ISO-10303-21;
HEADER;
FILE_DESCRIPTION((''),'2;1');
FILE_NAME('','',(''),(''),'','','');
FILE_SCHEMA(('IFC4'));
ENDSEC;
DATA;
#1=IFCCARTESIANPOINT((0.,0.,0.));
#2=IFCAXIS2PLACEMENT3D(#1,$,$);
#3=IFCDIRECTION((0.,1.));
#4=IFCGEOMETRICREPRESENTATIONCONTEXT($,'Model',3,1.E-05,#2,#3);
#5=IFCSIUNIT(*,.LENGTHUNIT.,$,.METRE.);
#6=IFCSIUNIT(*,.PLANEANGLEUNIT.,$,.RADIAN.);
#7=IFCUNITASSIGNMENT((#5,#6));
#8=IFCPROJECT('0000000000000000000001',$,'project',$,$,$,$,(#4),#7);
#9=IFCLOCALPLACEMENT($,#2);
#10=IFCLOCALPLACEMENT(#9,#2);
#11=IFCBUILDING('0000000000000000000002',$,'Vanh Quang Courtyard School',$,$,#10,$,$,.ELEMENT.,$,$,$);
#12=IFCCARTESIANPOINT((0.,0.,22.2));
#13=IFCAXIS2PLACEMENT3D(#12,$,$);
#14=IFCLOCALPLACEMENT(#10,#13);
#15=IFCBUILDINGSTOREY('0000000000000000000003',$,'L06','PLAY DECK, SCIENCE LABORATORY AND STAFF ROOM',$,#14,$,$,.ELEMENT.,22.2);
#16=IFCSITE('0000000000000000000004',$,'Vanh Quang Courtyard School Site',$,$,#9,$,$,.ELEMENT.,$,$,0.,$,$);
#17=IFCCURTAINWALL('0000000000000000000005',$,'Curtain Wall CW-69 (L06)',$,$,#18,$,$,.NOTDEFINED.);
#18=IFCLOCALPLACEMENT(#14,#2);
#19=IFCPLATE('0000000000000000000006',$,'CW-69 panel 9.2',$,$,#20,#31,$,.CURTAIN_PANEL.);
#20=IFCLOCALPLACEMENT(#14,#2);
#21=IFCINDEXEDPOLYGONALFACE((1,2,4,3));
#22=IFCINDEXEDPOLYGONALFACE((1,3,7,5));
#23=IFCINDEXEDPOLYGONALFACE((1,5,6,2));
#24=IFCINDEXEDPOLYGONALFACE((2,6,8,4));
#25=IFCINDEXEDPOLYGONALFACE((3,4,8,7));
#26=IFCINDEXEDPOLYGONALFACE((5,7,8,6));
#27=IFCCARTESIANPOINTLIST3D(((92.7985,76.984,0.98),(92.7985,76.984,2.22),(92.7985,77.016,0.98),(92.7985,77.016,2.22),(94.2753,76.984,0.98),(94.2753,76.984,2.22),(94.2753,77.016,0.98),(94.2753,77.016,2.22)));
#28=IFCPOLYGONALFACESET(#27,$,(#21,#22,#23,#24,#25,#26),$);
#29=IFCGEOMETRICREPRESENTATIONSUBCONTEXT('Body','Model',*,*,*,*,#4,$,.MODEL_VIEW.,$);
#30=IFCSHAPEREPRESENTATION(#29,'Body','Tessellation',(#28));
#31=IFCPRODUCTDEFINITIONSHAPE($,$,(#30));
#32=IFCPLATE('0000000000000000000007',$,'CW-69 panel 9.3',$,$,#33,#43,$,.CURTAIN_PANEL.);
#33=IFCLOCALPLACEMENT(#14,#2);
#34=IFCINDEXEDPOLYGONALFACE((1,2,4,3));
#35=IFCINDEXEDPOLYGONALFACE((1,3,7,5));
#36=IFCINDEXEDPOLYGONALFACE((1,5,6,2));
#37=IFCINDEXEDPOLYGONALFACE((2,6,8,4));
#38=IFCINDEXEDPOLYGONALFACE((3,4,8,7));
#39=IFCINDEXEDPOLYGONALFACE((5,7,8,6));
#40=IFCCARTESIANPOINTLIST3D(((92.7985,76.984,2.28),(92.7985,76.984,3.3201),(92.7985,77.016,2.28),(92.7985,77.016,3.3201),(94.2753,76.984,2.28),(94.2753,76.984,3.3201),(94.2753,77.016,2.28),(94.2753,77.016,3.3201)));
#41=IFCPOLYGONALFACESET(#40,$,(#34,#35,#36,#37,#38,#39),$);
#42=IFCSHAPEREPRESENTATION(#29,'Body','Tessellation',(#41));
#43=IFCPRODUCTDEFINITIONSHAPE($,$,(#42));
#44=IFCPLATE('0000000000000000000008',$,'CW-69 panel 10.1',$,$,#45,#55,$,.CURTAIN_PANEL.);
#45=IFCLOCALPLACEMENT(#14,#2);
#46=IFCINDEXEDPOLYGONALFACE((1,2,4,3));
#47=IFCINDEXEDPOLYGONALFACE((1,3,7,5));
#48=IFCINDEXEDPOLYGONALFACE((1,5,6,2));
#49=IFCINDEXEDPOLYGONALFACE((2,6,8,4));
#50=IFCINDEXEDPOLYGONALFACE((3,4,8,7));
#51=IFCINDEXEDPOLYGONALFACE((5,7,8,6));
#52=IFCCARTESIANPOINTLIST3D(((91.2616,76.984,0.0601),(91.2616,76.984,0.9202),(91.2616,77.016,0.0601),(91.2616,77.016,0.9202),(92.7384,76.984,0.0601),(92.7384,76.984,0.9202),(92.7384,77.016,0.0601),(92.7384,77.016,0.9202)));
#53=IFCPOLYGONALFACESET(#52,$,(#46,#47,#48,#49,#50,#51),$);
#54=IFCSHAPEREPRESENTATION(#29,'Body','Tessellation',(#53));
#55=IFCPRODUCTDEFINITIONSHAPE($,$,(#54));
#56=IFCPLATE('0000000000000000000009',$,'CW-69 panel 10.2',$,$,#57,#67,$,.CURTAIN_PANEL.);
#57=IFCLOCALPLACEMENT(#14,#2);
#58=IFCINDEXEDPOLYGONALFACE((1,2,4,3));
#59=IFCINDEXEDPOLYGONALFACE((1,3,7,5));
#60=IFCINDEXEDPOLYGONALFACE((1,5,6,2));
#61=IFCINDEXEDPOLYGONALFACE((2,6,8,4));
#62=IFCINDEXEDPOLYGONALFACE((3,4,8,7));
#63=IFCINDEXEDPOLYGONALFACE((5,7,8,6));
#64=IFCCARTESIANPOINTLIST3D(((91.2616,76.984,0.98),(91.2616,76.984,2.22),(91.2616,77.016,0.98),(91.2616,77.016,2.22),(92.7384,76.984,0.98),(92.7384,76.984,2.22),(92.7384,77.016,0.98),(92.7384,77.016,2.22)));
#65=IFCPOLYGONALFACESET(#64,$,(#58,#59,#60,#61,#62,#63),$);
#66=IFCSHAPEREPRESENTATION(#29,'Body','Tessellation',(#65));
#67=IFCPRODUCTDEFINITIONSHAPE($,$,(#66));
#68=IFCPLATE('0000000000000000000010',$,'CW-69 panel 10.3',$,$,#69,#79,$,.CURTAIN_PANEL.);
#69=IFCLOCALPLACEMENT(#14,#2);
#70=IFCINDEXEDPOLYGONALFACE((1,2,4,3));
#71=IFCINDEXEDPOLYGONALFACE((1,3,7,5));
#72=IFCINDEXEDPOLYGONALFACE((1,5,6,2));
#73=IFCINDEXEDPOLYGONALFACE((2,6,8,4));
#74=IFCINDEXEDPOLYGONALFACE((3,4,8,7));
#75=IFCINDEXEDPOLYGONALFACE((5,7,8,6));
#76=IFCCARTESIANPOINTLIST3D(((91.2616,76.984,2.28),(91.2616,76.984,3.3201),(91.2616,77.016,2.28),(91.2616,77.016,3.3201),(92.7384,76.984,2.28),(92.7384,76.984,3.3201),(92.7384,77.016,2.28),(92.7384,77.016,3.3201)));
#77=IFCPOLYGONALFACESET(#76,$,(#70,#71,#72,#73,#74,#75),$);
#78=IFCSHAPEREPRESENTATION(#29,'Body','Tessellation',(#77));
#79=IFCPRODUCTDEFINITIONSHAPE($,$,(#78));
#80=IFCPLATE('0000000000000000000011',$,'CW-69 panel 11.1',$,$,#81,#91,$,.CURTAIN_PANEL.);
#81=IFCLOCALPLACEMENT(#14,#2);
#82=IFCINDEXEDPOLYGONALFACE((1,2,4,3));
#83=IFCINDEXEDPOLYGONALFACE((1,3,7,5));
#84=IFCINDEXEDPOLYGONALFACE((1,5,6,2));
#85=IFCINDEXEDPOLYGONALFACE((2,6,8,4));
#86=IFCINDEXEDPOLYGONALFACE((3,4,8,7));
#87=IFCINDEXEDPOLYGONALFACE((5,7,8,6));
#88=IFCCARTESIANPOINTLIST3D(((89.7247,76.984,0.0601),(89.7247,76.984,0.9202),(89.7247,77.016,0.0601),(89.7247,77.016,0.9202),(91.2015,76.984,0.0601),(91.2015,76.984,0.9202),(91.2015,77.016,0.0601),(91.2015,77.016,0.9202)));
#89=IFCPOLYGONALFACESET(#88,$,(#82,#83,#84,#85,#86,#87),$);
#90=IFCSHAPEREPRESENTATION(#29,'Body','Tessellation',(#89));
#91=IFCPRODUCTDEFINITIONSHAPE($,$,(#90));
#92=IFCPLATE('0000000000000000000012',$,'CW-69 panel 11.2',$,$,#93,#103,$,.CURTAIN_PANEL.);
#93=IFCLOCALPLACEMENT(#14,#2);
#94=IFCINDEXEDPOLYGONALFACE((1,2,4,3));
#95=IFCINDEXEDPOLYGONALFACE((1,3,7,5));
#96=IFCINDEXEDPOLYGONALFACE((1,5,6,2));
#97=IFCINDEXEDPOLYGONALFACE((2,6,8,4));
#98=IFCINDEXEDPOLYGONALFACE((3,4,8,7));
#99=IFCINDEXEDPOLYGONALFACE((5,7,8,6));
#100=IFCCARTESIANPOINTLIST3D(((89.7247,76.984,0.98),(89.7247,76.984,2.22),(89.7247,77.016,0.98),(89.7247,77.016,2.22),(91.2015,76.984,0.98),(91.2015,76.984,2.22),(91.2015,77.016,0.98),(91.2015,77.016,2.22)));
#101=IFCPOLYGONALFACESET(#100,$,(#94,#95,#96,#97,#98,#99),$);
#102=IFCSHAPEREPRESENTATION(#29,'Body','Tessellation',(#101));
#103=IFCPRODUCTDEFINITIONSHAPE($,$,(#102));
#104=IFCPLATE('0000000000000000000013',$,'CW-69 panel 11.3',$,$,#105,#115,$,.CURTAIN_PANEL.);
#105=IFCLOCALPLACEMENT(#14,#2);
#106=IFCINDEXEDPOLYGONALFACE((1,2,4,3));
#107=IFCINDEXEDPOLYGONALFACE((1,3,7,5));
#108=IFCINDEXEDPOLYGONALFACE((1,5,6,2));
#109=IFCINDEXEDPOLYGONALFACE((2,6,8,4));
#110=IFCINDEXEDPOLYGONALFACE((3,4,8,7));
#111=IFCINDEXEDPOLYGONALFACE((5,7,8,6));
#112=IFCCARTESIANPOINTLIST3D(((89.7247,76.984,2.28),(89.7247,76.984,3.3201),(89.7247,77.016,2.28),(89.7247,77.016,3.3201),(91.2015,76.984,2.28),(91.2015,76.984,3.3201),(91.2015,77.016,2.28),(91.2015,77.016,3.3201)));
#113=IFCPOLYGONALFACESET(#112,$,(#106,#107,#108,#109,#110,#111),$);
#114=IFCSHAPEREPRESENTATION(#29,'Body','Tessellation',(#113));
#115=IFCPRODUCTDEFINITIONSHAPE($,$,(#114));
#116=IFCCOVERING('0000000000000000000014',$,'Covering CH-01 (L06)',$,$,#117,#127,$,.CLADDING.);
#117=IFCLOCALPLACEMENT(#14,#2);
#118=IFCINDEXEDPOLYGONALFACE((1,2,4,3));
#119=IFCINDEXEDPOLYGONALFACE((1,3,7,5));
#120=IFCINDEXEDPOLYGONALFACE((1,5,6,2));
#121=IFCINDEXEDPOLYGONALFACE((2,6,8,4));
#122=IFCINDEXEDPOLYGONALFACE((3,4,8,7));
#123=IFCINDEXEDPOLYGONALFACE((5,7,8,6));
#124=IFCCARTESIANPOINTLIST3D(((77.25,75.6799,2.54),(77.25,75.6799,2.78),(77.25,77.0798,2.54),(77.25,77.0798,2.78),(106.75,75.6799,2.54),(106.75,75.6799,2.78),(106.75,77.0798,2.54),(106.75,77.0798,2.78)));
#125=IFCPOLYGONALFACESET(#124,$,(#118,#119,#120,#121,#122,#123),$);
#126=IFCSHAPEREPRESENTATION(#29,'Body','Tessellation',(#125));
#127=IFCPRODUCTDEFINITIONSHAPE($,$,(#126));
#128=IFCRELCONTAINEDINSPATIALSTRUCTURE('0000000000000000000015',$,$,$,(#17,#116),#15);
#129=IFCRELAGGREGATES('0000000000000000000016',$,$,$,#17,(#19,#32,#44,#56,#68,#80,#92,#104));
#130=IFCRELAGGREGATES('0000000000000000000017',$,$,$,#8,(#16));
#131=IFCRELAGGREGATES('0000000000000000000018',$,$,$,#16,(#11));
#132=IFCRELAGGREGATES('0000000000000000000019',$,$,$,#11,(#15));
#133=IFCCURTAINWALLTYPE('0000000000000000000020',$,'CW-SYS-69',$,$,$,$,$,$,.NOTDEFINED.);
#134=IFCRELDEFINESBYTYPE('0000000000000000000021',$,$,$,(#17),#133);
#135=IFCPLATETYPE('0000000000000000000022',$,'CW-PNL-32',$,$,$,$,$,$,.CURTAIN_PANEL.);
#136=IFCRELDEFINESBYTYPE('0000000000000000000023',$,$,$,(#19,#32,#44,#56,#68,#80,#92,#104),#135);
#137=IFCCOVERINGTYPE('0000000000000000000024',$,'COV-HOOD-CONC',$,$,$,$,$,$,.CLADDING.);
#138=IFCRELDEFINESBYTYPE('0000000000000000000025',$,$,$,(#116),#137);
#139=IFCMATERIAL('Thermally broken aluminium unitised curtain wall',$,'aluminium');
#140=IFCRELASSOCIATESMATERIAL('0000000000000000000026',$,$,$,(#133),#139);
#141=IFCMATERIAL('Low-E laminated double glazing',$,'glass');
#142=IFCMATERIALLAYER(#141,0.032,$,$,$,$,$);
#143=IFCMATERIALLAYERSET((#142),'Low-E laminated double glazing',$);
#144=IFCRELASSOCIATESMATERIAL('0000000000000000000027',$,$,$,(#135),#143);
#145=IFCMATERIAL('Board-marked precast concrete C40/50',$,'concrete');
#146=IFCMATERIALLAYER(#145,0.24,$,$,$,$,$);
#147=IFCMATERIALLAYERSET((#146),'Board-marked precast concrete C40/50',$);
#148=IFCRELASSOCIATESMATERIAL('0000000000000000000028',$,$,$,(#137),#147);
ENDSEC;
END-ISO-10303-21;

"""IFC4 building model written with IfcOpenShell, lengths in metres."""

from ifc_helpers import new_model, si_unit, direction, frame, origin, origin_2d, place, context, subcontext, project, spatial, rectangle, extrude, material, layer, layer_set, type_object, element, aggregate, save


model = new_model("IFC4")

# Units and contexts
model_context = context("Model", 3, precision=1e-05, world=origin(), true_north=direction((0.0, 1.0)))
body_context = subcontext(model_context, "Body", "Model", "MODEL_VIEW")
ifc_project = project(units=[si_unit("LENGTHUNIT", "METRE"), si_unit("PLANEANGLEUNIT", "RADIAN")], contexts=[model_context])

# Site, building, storey
site_placement = place(None, origin())
site = spatial("IfcSite", under=ifc_project, at=site_placement, Name="Vanh Quang Courtyard School Site", CompositionType="ELEMENT", RefElevation=0.0)
building_placement = place(site_placement, origin())
building = spatial("IfcBuilding", under=site, at=building_placement, Name="Vanh Quang Courtyard School", CompositionType="ELEMENT")
storey_placement = place(building_placement, frame((0.0, 0.0, 22.2)))
storey = spatial("IfcBuildingStorey", under=building, at=storey_placement, Name="L06", Description="PLAY DECK, SCIENCE LABORATORY AND STAFF ROOM", CompositionType="ELEMENT", Elevation=22.2)

# Curtain wall
ifc_material_1 = material(Name="Thermally broken aluminium unitised curtain wall", Category="aluminium")
curtain_wall_type = type_object("IfcCurtainWallType", Name="CW-SYS-69", PredefinedType="NOTDEFINED", material=ifc_material_1)
curtain_wall_placement = place(storey_placement, origin())
curtain_wall = element("IfcCurtainWall", 1, at=curtain_wall_placement, inside=storey, type_object=curtain_wall_type, Name="Curtain Wall CW-69 (L06)", PredefinedType="NOTDEFINED")

# Plates
ifc_material_2 = material(Name="Low-E laminated double glazing", Category="glass")
ifc_layer_1 = layer(ifc_material_2, 0.032)
ifc_layer_set_1 = layer_set([ifc_layer_1], Name="Low-E laminated double glazing")
plate_type = type_object("IfcPlateType", Name="CW-PNL-32", PredefinedType="CURTAIN_PANEL", material=ifc_layer_set_1)
plate_1_placement = place(storey_placement, frame((93.5369, 77.0, 0.98), z_axis=(0.0, 0.0, 1.0), x_axis=(-1.0, 0.0, 0.0)))
plate_1 = element("IfcPlate", 2, at=plate_1_placement, type_object=plate_type, Name="CW-69 panel 9.2", PredefinedType="CURTAIN_PANEL", context=body_context, shape_type="SweptSolid", body=[
    extrude(rectangle(XDim=1.4768, YDim=0.032, at=origin_2d()), origin(), (0.0, 0.0, 1.0), 1.24),
])
plate_2_placement = place(storey_placement, frame((93.5369, 77.0, 2.28), z_axis=(0.0, 0.0, 1.0), x_axis=(-1.0, 0.0, 0.0)))
plate_2 = element("IfcPlate", 3, at=plate_2_placement, type_object=plate_type, Name="CW-69 panel 9.3", PredefinedType="CURTAIN_PANEL", context=body_context, shape_type="SweptSolid", body=[
    extrude(rectangle(XDim=1.4768, YDim=0.032, at=origin_2d()), origin(), (0.0, 0.0, 1.0), 1.04),
])
plate_3_placement = place(storey_placement, frame((92.0, 77.0, 0.0601), z_axis=(0.0, 0.0, 1.0), x_axis=(-1.0, 0.0, 0.0)))
plate_3 = element("IfcPlate", 4, at=plate_3_placement, type_object=plate_type, Name="CW-69 panel 10.1", PredefinedType="CURTAIN_PANEL", context=body_context, shape_type="SweptSolid", body=[
    extrude(rectangle(XDim=1.4768, YDim=0.032, at=origin_2d()), origin(), (0.0, 0.0, 1.0), 0.8601),
])
plate_4_placement = place(storey_placement, frame((92.0, 77.0, 0.98), z_axis=(0.0, 0.0, 1.0), x_axis=(-1.0, 0.0, 0.0)))
plate_4 = element("IfcPlate", 5, at=plate_4_placement, type_object=plate_type, Name="CW-69 panel 10.2", PredefinedType="CURTAIN_PANEL", context=body_context, shape_type="SweptSolid", body=[
    extrude(rectangle(XDim=1.4768, YDim=0.032, at=origin_2d()), origin(), (0.0, 0.0, 1.0), 1.24),
])
plate_5_placement = place(storey_placement, frame((92.0, 77.0, 2.28), z_axis=(0.0, 0.0, 1.0), x_axis=(-1.0, 0.0, 0.0)))
plate_5 = element("IfcPlate", 6, at=plate_5_placement, type_object=plate_type, Name="CW-69 panel 10.3", PredefinedType="CURTAIN_PANEL", context=body_context, shape_type="SweptSolid", body=[
    extrude(rectangle(XDim=1.4768, YDim=0.032, at=origin_2d()), origin(), (0.0, 0.0, 1.0), 1.04),
])
plate_6_placement = place(storey_placement, frame((90.4631, 77.0, 0.0601), z_axis=(0.0, 0.0, 1.0), x_axis=(-1.0, 0.0, 0.0)))
plate_6 = element("IfcPlate", 7, at=plate_6_placement, type_object=plate_type, Name="CW-69 panel 11.1", PredefinedType="CURTAIN_PANEL", context=body_context, shape_type="SweptSolid", body=[
    extrude(rectangle(XDim=1.4768, YDim=0.032, at=origin_2d()), origin(), (0.0, 0.0, 1.0), 0.8601),
])
plate_7_placement = place(storey_placement, frame((90.4631, 77.0, 0.98), z_axis=(0.0, 0.0, 1.0), x_axis=(-1.0, 0.0, 0.0)))
plate_7 = element("IfcPlate", 8, at=plate_7_placement, type_object=plate_type, Name="CW-69 panel 11.2", PredefinedType="CURTAIN_PANEL", context=body_context, shape_type="SweptSolid", body=[
    extrude(rectangle(XDim=1.4768, YDim=0.032, at=origin_2d()), origin(), (0.0, 0.0, 1.0), 1.24),
])
plate_8_placement = place(storey_placement, frame((90.4631, 77.0, 2.28), z_axis=(0.0, 0.0, 1.0), x_axis=(-1.0, 0.0, 0.0)))
plate_8 = element("IfcPlate", 9, at=plate_8_placement, type_object=plate_type, Name="CW-69 panel 11.3", PredefinedType="CURTAIN_PANEL", context=body_context, shape_type="SweptSolid", body=[
    extrude(rectangle(XDim=1.4768, YDim=0.032, at=origin_2d()), origin(), (0.0, 0.0, 1.0), 1.04),
])
aggregate(curtain_wall, [plate_1, plate_2, plate_3, plate_4, plate_5, plate_6, plate_7, plate_8])

# Covering
ifc_material_3 = material(Name="Board-marked precast concrete C40/50", Category="concrete")
ifc_layer_2 = layer(ifc_material_3, 0.24)
ifc_layer_set_2 = layer_set([ifc_layer_2], Name="Board-marked precast concrete C40/50")
covering_type = type_object("IfcCoveringType", Name="COV-HOOD-CONC", PredefinedType="CLADDING", material=ifc_layer_set_2)
covering_placement = place(storey_placement, frame((92.0, 76.3799, 2.54), z_axis=(0.0, 0.0, 1.0), x_axis=(-1.0, 0.0, 0.0)))
element("IfcCovering", 10, at=covering_placement, inside=storey, type_object=covering_type, Name="Covering CH-01 (L06)", PredefinedType="CLADDING", context=body_context, shape_type="SweptSolid", body=[
    extrude(rectangle(XDim=29.5, YDim=1.3999, at=origin_2d()), origin(), (0.0, 0.0, 1.0), 0.24),
])

save(model, "model.ifc")
